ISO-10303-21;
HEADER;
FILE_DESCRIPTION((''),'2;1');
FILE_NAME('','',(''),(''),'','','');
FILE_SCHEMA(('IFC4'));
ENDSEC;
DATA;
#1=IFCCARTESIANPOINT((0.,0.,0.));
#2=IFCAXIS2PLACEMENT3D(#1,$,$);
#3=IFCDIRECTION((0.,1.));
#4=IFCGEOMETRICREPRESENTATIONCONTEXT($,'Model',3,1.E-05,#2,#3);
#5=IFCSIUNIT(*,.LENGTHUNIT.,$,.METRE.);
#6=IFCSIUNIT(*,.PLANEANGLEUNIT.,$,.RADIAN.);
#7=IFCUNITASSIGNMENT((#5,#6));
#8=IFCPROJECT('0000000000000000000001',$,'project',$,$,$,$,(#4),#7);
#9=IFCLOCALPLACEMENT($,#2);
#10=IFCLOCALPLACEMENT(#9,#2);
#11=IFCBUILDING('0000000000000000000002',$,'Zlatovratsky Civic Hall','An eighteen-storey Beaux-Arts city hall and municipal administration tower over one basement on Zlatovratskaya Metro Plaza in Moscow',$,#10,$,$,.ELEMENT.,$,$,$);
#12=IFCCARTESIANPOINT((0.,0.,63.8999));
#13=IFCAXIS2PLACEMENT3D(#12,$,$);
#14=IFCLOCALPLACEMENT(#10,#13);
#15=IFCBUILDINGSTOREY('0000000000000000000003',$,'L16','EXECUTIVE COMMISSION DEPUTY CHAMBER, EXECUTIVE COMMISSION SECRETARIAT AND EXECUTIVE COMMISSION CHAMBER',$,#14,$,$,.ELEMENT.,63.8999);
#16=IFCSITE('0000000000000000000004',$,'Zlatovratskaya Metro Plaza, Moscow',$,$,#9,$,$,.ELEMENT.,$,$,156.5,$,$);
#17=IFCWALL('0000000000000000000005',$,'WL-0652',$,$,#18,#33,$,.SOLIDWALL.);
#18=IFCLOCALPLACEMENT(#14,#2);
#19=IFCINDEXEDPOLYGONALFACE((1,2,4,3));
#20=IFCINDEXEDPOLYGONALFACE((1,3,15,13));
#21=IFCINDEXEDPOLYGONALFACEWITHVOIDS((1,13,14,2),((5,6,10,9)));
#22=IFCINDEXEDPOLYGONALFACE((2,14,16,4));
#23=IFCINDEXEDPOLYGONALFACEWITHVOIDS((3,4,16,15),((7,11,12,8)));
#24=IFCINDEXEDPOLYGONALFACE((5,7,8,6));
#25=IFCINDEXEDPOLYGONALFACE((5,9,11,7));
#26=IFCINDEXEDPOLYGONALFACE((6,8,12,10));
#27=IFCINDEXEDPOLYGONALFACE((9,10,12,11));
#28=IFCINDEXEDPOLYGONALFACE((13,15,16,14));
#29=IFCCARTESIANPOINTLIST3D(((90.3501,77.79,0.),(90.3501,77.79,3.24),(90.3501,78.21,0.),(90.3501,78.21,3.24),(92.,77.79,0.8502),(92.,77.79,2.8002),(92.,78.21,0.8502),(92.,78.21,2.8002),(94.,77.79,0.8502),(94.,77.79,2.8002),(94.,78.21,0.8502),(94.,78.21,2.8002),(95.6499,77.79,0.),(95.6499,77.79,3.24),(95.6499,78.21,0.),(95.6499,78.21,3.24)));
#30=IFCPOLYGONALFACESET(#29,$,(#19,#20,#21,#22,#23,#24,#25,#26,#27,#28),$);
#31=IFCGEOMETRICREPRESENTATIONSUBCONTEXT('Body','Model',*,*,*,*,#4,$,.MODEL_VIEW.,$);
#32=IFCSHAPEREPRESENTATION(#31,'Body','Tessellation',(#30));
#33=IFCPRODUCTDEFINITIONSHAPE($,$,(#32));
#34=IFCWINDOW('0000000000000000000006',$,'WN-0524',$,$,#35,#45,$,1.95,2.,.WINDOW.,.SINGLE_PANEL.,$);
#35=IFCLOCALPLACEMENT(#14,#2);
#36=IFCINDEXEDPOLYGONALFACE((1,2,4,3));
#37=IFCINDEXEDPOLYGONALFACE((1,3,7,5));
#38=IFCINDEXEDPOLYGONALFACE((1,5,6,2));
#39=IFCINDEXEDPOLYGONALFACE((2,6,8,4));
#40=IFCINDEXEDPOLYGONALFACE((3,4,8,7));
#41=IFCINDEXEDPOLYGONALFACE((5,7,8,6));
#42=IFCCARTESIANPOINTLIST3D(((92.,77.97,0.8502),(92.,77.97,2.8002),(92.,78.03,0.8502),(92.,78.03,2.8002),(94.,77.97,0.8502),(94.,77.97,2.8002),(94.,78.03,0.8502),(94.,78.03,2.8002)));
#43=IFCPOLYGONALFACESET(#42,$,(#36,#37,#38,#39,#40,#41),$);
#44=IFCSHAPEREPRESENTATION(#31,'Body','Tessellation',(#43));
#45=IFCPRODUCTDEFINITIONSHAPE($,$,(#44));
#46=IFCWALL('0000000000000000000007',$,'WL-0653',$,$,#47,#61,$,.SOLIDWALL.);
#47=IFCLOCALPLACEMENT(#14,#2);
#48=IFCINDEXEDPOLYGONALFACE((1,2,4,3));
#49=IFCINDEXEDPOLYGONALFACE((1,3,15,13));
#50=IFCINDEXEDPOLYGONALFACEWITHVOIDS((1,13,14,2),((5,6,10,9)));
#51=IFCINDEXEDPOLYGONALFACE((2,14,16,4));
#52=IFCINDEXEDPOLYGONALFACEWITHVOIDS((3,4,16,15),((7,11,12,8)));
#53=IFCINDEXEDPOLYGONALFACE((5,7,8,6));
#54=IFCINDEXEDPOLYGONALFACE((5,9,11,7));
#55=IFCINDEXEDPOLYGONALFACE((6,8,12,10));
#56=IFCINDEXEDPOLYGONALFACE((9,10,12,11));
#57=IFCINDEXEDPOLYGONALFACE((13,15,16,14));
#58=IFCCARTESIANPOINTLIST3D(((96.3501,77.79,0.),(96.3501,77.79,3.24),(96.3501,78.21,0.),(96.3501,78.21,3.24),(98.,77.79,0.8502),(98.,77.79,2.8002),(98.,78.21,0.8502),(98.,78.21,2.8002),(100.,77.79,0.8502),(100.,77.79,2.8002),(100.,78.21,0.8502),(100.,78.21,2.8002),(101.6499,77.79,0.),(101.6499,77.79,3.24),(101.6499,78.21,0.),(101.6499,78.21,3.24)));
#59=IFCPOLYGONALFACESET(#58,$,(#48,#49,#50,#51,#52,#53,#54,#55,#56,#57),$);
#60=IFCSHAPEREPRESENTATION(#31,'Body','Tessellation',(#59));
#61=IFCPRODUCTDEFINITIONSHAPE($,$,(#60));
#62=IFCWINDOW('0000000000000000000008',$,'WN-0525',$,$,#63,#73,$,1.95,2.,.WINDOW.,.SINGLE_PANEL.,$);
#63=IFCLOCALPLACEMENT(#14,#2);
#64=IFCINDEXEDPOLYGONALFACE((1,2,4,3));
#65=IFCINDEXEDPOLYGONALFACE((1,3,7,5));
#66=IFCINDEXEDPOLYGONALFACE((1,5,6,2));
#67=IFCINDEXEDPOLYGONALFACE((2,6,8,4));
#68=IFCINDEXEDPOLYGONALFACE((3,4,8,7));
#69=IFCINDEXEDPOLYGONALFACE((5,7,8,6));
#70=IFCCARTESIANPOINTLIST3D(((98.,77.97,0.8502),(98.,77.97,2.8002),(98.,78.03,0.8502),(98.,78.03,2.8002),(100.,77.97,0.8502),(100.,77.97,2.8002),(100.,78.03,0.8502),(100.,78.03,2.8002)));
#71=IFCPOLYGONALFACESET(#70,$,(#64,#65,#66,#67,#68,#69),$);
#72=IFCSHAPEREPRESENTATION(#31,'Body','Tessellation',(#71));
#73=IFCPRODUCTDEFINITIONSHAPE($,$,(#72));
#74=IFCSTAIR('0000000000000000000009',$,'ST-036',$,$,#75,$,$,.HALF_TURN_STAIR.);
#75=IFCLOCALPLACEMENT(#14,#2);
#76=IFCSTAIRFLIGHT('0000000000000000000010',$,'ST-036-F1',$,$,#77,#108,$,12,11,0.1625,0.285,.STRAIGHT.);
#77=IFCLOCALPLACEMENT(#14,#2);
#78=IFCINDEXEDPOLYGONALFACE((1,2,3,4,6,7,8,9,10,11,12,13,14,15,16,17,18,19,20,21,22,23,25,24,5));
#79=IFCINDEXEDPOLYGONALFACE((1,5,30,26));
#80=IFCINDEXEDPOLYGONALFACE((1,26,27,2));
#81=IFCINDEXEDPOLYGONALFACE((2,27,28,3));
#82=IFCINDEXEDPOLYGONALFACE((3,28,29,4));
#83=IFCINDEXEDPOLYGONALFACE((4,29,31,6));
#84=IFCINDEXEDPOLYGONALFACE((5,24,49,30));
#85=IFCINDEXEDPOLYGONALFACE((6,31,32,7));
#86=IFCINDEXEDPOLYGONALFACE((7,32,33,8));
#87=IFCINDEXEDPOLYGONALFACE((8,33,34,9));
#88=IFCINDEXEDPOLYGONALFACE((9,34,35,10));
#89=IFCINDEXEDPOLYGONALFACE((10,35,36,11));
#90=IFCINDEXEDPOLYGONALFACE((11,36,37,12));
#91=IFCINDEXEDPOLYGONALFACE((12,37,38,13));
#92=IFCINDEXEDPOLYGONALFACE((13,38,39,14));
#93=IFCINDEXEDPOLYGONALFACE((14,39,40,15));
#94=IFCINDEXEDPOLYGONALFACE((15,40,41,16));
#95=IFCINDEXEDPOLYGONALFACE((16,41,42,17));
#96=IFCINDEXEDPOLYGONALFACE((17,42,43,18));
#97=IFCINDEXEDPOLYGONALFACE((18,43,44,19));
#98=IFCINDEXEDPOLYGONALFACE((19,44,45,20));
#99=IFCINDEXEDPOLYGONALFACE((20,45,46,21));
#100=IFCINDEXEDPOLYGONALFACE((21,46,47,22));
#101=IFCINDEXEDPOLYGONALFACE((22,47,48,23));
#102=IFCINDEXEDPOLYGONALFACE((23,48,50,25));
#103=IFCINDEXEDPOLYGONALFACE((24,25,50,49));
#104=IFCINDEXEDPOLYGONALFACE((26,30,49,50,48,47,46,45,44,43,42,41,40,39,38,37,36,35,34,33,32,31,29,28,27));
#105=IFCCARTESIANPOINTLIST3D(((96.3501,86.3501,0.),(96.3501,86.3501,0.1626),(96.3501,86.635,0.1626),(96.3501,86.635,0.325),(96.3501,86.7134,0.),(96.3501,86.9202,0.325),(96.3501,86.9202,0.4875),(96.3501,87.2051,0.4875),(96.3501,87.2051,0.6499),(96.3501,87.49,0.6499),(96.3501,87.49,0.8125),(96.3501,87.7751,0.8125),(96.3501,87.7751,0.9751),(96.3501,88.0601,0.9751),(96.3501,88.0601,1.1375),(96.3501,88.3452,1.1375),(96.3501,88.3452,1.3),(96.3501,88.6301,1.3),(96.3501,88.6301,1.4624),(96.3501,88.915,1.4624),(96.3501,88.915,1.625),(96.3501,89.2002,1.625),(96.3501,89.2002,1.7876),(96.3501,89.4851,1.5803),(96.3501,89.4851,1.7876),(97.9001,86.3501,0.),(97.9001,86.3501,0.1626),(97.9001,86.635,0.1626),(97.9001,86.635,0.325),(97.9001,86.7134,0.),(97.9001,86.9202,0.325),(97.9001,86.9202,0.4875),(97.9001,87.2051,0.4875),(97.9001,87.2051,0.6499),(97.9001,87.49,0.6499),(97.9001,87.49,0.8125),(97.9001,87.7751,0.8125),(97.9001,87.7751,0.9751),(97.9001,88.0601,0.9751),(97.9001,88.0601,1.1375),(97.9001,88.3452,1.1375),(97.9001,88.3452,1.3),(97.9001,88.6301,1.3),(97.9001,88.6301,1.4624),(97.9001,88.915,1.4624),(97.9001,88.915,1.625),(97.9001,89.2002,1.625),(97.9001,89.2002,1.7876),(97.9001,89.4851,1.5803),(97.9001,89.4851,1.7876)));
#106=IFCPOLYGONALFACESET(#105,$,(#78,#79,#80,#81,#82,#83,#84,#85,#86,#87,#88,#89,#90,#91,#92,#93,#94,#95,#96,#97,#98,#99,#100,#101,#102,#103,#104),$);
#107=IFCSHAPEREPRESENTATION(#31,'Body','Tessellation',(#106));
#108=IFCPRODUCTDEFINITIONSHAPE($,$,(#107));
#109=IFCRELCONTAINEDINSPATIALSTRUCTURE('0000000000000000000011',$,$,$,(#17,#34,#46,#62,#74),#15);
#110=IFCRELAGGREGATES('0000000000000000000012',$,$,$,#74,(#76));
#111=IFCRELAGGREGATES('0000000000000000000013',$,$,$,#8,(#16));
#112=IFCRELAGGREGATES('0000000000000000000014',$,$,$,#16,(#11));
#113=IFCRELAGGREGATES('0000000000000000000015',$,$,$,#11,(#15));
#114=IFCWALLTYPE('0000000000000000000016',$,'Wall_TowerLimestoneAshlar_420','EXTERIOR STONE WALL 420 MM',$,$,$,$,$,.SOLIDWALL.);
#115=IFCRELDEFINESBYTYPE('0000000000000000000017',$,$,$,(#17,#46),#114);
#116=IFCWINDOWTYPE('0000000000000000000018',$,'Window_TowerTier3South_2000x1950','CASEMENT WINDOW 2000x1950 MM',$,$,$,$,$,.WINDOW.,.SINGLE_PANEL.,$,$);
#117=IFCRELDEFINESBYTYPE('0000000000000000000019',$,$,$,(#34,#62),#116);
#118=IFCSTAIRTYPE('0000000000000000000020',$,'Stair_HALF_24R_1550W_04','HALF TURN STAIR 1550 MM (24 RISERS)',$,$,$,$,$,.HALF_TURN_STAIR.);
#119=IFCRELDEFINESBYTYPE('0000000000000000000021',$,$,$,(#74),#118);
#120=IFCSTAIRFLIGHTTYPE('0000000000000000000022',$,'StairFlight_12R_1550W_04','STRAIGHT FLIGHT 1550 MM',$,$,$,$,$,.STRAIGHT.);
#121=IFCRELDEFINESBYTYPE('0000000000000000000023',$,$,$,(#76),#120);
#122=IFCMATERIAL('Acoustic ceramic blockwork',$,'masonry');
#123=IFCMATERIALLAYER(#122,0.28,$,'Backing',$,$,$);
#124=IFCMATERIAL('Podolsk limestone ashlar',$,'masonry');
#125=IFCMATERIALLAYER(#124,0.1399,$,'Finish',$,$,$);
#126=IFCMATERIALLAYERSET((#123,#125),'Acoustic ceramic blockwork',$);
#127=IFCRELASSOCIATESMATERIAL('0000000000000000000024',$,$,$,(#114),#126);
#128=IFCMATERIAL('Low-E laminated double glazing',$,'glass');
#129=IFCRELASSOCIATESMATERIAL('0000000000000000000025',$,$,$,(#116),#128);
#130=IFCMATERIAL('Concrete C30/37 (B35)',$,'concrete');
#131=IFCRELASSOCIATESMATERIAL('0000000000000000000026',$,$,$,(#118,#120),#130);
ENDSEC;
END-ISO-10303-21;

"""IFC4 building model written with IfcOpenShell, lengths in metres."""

from ifc_helpers import new_model, si_unit, direction, frame, frame_2d, origin, place, context, subcontext, project, spatial, polyline, rectangle, outline, extrude, material, layer, layer_set, type_object, element, fill, aggregate, save


model = new_model("IFC4")

# Units and contexts
model_context = context("Model", 3, precision=1e-05, world=origin(), true_north=direction((0.0, 1.0)))
body_context = subcontext(model_context, "Body", "Model", "MODEL_VIEW")
ifc_project = project(units=[si_unit("LENGTHUNIT", "METRE"), si_unit("PLANEANGLEUNIT", "RADIAN")], contexts=[model_context])

# Site, building, storey
site_placement = place(None, origin())
site = spatial("IfcSite", under=ifc_project, at=site_placement, Name="Zlatovratskaya Metro Plaza, Moscow", CompositionType="ELEMENT", RefElevation=156.5)
building_placement = place(site_placement, origin())
building = spatial("IfcBuilding", under=site, at=building_placement, Name="Zlatovratsky Civic Hall", Description="An eighteen-storey Beaux-Arts city hall and municipal administration tower over one basement on Zlatovratskaya Metro Plaza in Moscow", CompositionType="ELEMENT")
storey_placement = place(building_placement, frame((0.0, 0.0, 63.8999)))
storey = spatial("IfcBuildingStorey", under=building, at=storey_placement, Name="L16", Description="EXECUTIVE COMMISSION DEPUTY CHAMBER, EXECUTIVE COMMISSION SECRETARIAT AND EXECUTIVE COMMISSION CHAMBER", CompositionType="ELEMENT", Elevation=63.8999)

# Shared definitions
ifc_material_1 = material(Name="Acoustic ceramic blockwork", Category="masonry")

# Walls, openings, windows
ifc_layer_1 = layer(ifc_material_1, 0.28, Name="Backing")
ifc_material_2 = material(Name="Podolsk limestone ashlar", Category="masonry")
ifc_layer_2 = layer(ifc_material_2, 0.1399, Name="Finish")
ifc_layer_set_1 = layer_set([ifc_layer_1, ifc_layer_2], Name="Acoustic ceramic blockwork")
wall_type_1 = type_object("IfcWallType", Name="Wall_TowerLimestoneAshlar_420", Description="EXTERIOR STONE WALL 420 MM", PredefinedType="SOLIDWALL", material=ifc_layer_set_1)
wall_1_placement = place(storey_placement, frame((90.3501, 78.0, 0.0), z_axis=(0.0, 0.0, 1.0), x_axis=(1.0, 0.0, 0.0)))
wall_1 = element("IfcWall", 1, at=wall_1_placement, inside=storey, type_object=wall_type_1, Name="WL-0652", PredefinedType="SOLIDWALL", context=body_context, shape_type="SweptSolid", body=[
    extrude(rectangle(XDim=5.2998, YDim=0.4199, at=frame_2d((2.6499, 0.0))), origin(), (0.0, 0.0, 1.0), 3.24),
])
opening_1_placement = place(wall_1_placement, frame((1.6499, 0.0, 0.8501)))
opening_1 = element("IfcOpeningElement", 2, at=opening_1_placement, cuts=wall_1, PredefinedType="OPENING", context=body_context, shape_type="SweptSolid", body=[
    extrude(rectangle(XDim=2.0, YDim=1.95, at=frame_2d((1.0, 0.9751))), frame((0.0, 0.2249, 0.0), z_axis=(0.0, -1.0, 0.0), x_axis=(1.0, 0.0, 0.0)), (0.0, 0.0, 1.0), 0.4497),
])
ifc_material_3 = material(Name="Low-E laminated double glazing", Category="glass")
window_type = type_object("IfcWindowType", Name="Window_TowerTier3South_2000x1950", Description="CASEMENT WINDOW 2000x1950 MM", PartitioningType="SINGLE_PANEL", PredefinedType="WINDOW", material=ifc_material_3)
window_1_placement = place(opening_1_placement, origin())
window_1 = element("IfcWindow", 3, at=window_1_placement, inside=storey, type_object=window_type, Name="WN-0524", OverallHeight=1.95, OverallWidth=2.0, PartitioningType="SINGLE_PANEL", PredefinedType="WINDOW", context=body_context, shape_type="SweptSolid", body=[
    extrude(rectangle(XDim=2.0, YDim=1.95, at=frame_2d((1.0, 0.9751))), frame((0.0, 0.03, 0.0), z_axis=(0.0, -1.0, 0.0), x_axis=(1.0, 0.0, 0.0)), (0.0, 0.0, 1.0), 0.0601),
])
fill(opening_1, window_1)
wall_2_placement = place(storey_placement, frame((96.3501, 78.0, 0.0), z_axis=(0.0, 0.0, 1.0), x_axis=(1.0, 0.0, 0.0)))
wall_2 = element("IfcWall", 4, at=wall_2_placement, inside=storey, type_object=wall_type_1, Name="WL-0653", PredefinedType="SOLIDWALL", context=body_context, shape_type="SweptSolid", body=[
    extrude(rectangle(XDim=5.2998, YDim=0.4199, at=frame_2d((2.6499, 0.0))), origin(), (0.0, 0.0, 1.0), 3.24),
])
opening_2_placement = place(wall_2_placement, frame((1.6499, 0.0, 0.8501)))
opening_2 = element("IfcOpeningElement", 5, at=opening_2_placement, cuts=wall_2, PredefinedType="OPENING", context=body_context, shape_type="SweptSolid", body=[
    extrude(rectangle(XDim=2.0, YDim=1.95, at=frame_2d((1.0, 0.9751))), frame((0.0, 0.2249, 0.0), z_axis=(0.0, -1.0, 0.0), x_axis=(1.0, 0.0, 0.0)), (0.0, 0.0, 1.0), 0.4497),
])
window_2_placement = place(opening_2_placement, origin())
window_2 = element("IfcWindow", 6, at=window_2_placement, inside=storey, type_object=window_type, Name="WN-0525", OverallHeight=1.95, OverallWidth=2.0, PartitioningType="SINGLE_PANEL", PredefinedType="WINDOW", context=body_context, shape_type="SweptSolid", body=[
    extrude(rectangle(XDim=2.0, YDim=1.95, at=frame_2d((1.0, 0.9751))), frame((0.0, 0.03, 0.0), z_axis=(0.0, -1.0, 0.0), x_axis=(1.0, 0.0, 0.0)), (0.0, 0.0, 1.0), 0.0601),
])
fill(opening_2, window_2)

# Stair, stair flight
ifc_material_4 = material(Name="Concrete C30/37 (B35)", Category="concrete")
stair_type = type_object("IfcStairType", Name="Stair_HALF_24R_1550W_04", Description="HALF TURN STAIR 1550 MM (24 RISERS)", PredefinedType="HALF_TURN_STAIR", material=ifc_material_4)
stair_placement = place(storey_placement, origin())
stair = element("IfcStair", 7, at=stair_placement, inside=storey, type_object=stair_type, Name="ST-036", PredefinedType="HALF_TURN_STAIR")
stair_flight_type = type_object("IfcStairFlightType", Name="StairFlight_12R_1550W_04", Description="STRAIGHT FLIGHT 1550 MM", PredefinedType="STRAIGHT", material=ifc_material_4)
stair_flight_placement = place(storey_placement, frame((97.125, 86.3501, 0.0), z_axis=(0.0, 0.0, 1.0), x_axis=(0.0, 1.0, 0.0)))
stair_flight = element("IfcStairFlight", 8, at=stair_flight_placement, type_object=stair_flight_type, Name="ST-036-F1", NumberOfRisers=12, NumberOfTreads=11, PredefinedType="STRAIGHT", RiserHeight=0.1625, TreadLength=0.285, context=body_context, shape_type="SweptSolid", body=[
    extrude(outline(polyline([(0.0, 0.0), (0.0, 0.1626), (0.2849, 0.1626), (0.2849, 0.325), (0.5701, 0.325), (0.5701, 0.4875), (0.855, 0.4875), (0.855, 0.6499), (1.1399, 0.6499), (1.1399, 0.8125), (1.425, 0.8125), (1.425, 0.9751), (1.71, 0.9751), (1.71, 1.1375), (1.9951, 1.1375), (1.9951, 1.3), (2.28, 1.3), (2.28, 1.4624), (2.5649, 1.4624), (2.5649, 1.625), (2.8501, 1.625), (2.8501, 1.7876), (3.135, 1.7876), (3.135, 1.95), (3.135, 1.5803), (0.3633, 0.0), (0.0, 0.0)])), frame((0.0, 0.7749, 0.0), z_axis=(0.0, -1.0, 0.0), x_axis=(1.0, 0.0, 0.0)), (0.0, 0.0, 1.0), 1.55),
])
aggregate(stair, [stair_flight])

save(model, "model.ifc")
